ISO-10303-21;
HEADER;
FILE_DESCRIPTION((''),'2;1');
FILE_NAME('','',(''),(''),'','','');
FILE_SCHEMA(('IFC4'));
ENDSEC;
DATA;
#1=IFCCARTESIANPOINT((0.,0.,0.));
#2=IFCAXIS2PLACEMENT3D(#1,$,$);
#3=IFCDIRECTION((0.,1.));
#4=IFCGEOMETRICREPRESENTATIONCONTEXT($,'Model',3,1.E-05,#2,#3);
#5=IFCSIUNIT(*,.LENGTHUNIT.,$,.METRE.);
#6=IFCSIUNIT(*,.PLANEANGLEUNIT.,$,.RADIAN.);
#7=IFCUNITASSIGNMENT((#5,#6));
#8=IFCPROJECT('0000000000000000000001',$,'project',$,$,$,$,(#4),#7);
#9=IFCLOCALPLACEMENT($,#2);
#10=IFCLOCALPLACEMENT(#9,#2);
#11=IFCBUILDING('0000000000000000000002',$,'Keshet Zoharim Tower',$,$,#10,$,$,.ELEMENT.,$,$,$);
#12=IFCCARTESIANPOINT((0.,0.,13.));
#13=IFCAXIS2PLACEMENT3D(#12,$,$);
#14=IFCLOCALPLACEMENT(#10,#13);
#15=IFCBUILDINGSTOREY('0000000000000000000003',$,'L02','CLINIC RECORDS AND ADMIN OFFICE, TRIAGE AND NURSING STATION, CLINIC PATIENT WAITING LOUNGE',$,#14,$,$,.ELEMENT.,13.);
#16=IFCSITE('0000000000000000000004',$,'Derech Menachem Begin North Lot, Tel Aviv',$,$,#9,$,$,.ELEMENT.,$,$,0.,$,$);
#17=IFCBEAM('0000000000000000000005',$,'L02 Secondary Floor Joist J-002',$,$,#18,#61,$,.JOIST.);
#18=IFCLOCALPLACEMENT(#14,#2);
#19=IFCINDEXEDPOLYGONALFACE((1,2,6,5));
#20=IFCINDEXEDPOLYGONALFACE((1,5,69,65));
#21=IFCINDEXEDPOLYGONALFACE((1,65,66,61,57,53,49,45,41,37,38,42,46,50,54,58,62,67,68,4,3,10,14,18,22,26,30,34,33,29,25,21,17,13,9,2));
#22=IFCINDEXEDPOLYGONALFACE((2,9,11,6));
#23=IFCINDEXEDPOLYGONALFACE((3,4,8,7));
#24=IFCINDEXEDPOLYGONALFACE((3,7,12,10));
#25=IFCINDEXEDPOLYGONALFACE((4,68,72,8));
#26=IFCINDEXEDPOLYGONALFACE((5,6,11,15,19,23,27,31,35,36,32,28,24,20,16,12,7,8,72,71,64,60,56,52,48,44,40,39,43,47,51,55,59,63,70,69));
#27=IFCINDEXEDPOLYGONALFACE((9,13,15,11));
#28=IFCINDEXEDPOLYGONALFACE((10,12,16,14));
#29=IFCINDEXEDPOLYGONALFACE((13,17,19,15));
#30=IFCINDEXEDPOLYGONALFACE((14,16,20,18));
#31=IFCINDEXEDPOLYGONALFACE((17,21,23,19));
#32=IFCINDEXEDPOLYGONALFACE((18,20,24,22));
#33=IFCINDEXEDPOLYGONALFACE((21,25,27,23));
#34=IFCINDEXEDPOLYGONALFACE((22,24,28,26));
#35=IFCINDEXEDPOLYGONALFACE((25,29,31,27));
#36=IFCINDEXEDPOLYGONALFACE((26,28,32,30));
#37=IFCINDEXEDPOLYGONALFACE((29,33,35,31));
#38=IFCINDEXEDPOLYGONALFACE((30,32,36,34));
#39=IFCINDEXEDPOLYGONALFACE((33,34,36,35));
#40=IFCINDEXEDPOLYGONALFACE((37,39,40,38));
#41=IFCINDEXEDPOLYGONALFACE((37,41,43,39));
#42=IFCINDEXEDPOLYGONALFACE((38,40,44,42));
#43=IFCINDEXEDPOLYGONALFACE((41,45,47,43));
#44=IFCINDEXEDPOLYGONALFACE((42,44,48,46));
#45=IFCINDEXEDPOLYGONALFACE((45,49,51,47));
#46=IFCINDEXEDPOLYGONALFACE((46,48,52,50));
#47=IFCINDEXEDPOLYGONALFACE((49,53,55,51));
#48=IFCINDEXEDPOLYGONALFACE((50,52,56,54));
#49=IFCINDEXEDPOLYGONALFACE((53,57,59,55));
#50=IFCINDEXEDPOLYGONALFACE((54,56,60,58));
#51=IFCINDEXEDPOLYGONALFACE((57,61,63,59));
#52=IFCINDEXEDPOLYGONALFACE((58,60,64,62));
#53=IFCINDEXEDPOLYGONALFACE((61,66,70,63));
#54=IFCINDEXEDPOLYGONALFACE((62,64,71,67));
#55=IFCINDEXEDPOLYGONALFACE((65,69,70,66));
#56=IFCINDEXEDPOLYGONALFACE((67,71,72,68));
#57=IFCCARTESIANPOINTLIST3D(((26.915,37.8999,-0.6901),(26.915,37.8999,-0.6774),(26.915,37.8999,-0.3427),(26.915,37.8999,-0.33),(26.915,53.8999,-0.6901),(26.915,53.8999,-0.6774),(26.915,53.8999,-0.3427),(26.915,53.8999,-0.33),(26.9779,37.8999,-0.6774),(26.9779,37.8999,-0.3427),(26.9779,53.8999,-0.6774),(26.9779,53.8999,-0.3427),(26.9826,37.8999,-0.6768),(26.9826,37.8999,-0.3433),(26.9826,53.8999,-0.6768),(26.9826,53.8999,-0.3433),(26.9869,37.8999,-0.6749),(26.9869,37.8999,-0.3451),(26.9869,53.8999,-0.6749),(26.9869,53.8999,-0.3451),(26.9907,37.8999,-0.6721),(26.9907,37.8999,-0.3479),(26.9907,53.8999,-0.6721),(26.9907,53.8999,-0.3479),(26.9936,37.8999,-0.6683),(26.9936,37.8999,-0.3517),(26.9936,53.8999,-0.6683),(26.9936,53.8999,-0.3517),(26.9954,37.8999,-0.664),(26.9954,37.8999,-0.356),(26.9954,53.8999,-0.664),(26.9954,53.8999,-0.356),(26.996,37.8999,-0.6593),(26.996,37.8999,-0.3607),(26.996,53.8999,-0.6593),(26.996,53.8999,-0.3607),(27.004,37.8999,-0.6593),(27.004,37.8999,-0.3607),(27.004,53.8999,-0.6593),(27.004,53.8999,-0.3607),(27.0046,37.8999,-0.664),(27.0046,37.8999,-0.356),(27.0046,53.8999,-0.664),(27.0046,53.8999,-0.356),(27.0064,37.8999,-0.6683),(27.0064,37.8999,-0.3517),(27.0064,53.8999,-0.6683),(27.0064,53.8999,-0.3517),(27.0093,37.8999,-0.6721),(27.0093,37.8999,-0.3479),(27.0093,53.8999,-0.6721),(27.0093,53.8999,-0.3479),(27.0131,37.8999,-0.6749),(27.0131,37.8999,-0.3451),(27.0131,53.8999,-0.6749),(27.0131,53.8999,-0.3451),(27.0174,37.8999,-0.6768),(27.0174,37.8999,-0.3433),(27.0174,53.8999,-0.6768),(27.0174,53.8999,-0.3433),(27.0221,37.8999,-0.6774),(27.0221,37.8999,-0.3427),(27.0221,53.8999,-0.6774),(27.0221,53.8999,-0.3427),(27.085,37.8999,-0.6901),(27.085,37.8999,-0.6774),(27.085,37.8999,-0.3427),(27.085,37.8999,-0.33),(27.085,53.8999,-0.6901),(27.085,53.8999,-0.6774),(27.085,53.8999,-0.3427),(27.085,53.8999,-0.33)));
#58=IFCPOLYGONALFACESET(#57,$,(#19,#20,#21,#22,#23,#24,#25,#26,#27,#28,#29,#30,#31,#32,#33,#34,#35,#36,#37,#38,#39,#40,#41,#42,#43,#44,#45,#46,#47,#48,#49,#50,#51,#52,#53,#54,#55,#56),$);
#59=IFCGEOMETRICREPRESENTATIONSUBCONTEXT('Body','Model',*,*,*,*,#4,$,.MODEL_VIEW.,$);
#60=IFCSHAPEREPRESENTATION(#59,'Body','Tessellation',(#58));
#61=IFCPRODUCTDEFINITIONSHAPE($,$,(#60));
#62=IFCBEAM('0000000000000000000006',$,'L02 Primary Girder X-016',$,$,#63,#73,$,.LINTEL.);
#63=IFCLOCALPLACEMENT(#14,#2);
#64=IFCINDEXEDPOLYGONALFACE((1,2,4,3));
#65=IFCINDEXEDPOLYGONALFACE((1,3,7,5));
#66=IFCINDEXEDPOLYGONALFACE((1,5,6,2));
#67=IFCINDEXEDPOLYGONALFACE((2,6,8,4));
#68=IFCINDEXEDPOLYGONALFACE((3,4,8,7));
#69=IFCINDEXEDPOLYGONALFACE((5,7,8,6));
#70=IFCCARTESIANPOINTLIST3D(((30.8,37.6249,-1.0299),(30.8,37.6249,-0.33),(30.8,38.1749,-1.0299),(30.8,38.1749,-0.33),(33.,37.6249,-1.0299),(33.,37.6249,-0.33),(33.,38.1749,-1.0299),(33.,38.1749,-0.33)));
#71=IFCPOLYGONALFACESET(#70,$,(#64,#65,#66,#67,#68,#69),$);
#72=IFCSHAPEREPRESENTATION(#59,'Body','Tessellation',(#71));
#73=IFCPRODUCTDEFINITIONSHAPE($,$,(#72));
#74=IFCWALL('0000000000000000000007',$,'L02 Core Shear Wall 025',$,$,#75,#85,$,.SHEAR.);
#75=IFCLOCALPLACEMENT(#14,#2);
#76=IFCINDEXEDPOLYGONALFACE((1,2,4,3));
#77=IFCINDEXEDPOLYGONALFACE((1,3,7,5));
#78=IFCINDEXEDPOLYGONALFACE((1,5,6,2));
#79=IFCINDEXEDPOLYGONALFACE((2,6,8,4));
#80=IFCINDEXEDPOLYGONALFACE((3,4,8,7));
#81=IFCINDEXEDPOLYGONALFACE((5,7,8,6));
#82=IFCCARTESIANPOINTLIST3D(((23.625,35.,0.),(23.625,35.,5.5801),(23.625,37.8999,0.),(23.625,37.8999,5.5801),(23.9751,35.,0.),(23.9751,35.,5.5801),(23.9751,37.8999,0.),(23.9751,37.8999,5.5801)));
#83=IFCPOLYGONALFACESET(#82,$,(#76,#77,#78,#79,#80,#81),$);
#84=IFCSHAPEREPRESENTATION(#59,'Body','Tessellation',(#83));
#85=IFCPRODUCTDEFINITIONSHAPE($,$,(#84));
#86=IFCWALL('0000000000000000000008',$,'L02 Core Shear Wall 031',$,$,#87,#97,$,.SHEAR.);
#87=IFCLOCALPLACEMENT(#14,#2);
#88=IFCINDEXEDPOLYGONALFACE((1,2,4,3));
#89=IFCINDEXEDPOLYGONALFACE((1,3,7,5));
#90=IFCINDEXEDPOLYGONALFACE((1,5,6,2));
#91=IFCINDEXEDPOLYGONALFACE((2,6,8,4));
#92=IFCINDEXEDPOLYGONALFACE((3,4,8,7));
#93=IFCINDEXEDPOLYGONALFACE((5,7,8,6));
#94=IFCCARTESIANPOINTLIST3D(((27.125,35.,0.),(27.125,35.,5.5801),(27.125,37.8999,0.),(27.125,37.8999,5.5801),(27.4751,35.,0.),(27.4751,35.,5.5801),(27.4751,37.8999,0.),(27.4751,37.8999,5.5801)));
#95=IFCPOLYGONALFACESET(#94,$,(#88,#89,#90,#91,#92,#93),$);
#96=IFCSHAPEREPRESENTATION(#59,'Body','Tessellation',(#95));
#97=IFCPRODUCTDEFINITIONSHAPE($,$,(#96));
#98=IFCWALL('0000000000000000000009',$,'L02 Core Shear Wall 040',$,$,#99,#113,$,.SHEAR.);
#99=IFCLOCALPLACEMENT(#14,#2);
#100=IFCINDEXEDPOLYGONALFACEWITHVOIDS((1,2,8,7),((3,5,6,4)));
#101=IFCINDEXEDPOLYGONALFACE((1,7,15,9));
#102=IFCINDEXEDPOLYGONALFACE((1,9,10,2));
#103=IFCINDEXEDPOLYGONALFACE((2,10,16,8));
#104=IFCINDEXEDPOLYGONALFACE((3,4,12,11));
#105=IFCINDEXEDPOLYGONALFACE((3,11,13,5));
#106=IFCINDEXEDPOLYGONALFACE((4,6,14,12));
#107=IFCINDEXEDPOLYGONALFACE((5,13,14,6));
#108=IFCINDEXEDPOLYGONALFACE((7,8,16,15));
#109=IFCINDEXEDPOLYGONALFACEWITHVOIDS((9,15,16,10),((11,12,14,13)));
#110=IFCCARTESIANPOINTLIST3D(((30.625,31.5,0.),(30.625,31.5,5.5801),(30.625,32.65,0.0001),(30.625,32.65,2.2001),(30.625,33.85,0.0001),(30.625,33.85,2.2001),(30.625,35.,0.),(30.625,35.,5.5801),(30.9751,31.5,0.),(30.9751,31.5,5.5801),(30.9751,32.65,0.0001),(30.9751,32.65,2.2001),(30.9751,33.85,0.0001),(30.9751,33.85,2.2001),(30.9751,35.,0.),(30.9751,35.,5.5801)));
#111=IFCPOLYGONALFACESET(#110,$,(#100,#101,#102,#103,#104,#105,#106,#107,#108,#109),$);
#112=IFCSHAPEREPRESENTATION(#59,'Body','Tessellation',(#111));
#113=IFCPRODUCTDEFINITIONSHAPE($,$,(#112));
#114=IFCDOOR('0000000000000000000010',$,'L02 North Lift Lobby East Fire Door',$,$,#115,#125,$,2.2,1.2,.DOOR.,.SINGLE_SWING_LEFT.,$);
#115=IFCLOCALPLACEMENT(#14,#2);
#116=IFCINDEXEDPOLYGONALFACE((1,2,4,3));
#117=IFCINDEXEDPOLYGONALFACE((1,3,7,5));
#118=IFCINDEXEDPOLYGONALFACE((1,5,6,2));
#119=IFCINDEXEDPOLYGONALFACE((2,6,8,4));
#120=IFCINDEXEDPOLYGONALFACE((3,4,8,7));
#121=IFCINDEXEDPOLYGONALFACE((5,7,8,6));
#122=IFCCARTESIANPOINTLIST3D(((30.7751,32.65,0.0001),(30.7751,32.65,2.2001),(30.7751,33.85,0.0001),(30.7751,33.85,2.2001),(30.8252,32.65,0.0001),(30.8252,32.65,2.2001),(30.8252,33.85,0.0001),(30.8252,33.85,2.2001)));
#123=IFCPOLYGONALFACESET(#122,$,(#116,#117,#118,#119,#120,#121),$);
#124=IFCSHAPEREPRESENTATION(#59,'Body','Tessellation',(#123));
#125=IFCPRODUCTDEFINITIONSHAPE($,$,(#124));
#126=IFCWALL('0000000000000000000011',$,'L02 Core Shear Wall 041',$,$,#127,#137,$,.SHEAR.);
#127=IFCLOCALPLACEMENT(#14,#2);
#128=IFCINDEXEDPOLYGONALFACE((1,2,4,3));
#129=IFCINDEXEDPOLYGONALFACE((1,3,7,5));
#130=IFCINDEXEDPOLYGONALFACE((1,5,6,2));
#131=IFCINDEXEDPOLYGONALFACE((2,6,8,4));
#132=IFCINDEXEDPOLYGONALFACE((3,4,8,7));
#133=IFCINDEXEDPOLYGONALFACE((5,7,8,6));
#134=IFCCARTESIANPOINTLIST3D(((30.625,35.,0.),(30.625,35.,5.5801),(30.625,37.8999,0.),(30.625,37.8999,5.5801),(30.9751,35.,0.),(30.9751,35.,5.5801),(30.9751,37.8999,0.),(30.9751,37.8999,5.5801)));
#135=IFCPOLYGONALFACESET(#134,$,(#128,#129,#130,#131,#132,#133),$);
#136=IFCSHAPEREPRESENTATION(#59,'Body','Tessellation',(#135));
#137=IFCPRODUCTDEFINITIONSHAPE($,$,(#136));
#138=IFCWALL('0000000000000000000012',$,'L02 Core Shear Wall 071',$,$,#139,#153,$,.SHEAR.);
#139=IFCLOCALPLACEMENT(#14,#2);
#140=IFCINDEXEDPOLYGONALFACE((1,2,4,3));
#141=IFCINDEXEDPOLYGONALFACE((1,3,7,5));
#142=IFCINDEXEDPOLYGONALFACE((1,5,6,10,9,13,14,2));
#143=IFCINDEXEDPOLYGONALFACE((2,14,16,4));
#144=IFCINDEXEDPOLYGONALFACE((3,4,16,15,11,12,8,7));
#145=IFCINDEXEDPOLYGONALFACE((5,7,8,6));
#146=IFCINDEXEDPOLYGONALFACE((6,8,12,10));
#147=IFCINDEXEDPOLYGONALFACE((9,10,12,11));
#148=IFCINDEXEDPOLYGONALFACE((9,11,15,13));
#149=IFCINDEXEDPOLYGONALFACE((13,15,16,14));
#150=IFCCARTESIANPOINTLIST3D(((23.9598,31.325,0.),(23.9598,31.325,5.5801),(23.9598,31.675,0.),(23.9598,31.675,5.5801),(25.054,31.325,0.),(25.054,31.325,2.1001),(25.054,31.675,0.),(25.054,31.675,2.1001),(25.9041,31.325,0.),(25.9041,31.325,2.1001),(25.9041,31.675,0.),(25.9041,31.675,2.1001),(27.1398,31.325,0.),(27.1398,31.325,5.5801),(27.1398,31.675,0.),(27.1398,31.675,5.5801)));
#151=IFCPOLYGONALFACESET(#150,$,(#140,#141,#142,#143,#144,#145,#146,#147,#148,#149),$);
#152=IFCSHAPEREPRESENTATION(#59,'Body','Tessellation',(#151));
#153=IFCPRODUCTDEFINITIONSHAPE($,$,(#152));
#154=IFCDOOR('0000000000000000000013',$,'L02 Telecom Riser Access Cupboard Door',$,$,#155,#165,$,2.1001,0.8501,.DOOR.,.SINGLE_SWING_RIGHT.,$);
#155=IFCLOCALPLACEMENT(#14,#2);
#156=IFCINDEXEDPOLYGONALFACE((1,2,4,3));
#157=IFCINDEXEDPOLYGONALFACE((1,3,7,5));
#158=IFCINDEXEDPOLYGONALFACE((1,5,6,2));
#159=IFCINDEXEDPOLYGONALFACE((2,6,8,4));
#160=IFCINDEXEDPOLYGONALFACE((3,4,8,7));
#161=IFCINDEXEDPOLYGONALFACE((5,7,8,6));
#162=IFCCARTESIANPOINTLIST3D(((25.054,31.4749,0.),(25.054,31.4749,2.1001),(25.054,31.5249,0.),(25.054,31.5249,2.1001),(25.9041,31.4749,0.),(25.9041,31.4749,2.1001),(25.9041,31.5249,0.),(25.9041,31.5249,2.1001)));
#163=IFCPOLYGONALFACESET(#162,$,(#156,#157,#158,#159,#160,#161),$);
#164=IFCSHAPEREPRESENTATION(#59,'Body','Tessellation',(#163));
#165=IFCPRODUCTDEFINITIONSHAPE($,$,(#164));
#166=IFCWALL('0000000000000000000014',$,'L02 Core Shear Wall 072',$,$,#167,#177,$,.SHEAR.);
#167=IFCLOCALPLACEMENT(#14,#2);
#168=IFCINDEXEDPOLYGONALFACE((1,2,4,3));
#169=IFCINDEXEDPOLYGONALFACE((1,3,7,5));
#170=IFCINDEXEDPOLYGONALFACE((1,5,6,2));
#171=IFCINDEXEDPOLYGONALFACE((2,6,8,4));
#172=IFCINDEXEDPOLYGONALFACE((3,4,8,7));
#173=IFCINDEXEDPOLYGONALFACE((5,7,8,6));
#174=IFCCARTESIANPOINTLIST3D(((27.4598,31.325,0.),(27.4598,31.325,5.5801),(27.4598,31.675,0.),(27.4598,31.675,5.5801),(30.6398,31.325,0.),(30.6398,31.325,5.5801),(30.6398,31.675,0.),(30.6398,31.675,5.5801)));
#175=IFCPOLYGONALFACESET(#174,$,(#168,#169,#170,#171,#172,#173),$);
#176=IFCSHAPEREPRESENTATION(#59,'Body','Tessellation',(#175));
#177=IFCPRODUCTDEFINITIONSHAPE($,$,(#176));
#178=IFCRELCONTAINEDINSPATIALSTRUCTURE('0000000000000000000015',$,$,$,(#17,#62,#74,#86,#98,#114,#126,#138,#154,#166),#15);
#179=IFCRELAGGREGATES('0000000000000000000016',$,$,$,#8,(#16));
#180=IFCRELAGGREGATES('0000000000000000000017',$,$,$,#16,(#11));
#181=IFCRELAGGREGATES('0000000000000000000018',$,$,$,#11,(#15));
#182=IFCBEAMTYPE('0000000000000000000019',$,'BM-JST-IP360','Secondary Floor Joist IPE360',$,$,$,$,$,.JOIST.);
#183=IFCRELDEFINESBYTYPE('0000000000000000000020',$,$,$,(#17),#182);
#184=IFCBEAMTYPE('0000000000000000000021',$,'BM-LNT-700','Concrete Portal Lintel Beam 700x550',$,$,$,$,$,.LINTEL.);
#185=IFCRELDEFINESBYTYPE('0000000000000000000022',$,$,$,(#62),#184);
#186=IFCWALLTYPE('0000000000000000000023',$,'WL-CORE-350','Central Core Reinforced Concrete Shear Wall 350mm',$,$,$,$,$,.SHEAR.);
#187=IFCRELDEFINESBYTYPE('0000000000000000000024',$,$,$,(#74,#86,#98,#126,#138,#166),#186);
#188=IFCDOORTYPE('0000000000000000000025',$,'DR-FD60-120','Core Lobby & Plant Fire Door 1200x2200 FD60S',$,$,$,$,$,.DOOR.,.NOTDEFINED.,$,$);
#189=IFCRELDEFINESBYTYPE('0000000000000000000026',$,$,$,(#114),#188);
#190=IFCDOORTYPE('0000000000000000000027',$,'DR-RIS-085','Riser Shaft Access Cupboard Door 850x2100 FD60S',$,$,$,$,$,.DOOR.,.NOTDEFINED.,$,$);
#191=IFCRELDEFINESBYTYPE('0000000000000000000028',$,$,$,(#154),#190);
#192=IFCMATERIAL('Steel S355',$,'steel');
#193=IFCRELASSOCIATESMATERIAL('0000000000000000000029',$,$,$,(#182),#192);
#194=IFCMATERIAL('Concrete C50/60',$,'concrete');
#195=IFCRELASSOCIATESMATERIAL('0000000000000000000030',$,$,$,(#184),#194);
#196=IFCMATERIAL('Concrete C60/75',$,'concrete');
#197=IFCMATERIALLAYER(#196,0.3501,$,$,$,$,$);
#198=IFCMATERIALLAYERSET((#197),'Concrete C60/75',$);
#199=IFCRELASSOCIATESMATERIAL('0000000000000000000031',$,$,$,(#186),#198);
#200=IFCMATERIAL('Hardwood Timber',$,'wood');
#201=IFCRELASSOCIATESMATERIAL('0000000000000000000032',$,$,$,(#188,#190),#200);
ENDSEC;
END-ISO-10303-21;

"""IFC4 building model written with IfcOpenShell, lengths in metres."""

from ifc_helpers import new_model, si_unit, direction, frame, frame_2d, origin, origin_2d, place, context, subcontext, project, spatial, rectangle, i_section, extrude, material, layer, layer_set, material_profile, profile_set, type_object, element, fill, save


model = new_model("IFC4")

# Units and contexts
model_context = context("Model", 3, precision=1e-05, world=origin(), true_north=direction((0.0, 1.0)))
body_context = subcontext(model_context, "Body", "Model", "MODEL_VIEW")
ifc_project = project(units=[si_unit("LENGTHUNIT", "METRE"), si_unit("PLANEANGLEUNIT", "RADIAN")], contexts=[model_context])

# Site, building, storey
site_placement = place(None, origin())
site = spatial("IfcSite", under=ifc_project, at=site_placement, Name="Derech Menachem Begin North Lot, Tel Aviv", CompositionType="ELEMENT", RefElevation=0.0)
building_placement = place(site_placement, origin())
building = spatial("IfcBuilding", under=site, at=building_placement, Name="Keshet Zoharim Tower", CompositionType="ELEMENT")
storey_placement = place(building_placement, frame((0.0, 0.0, 13.0)))
storey = spatial("IfcBuildingStorey", under=building, at=storey_placement, Name="L02", Description="CLINIC RECORDS AND ADMIN OFFICE, TRIAGE AND NURSING STATION, CLINIC PATIENT WAITING LOUNGE", CompositionType="ELEMENT", Elevation=13.0)

# Beams
ifc_material_1 = material(Name="Steel S355", Category="steel")
ifc_material_profile_1 = material_profile(ifc_material_1, i_section(OverallWidth=0.1699, OverallDepth=0.3601, WebThickness=0.0081, FlangeThickness=0.0127, FilletRadius=0.0181, at=origin_2d()), Name="IPE360")
ifc_profile_set_1 = profile_set([ifc_material_profile_1], Name="Steel S355")
beam_type_1 = type_object("IfcBeamType", Name="BM-JST-IP360", Description="Secondary Floor Joist IPE360", PredefinedType="JOIST", material=ifc_profile_set_1)
beam_1_placement = place(storey_placement, frame((27.0, 37.8999, -0.51), z_axis=(0.0, 1.0, 0.0), x_axis=(-1.0, 0.0, 0.0)))
element("IfcBeam", 1, at=beam_1_placement, inside=storey, type_object=beam_type_1, Name="L02 Secondary Floor Joist J-002", PredefinedType="JOIST", context=body_context, shape_type="SweptSolid", body=[
    extrude(i_section(OverallWidth=0.1699, OverallDepth=0.3601, WebThickness=0.0081, FlangeThickness=0.0127, FilletRadius=0.0181, at=origin_2d()), origin(), (0.0, 0.0, 1.0), 16.0),
])
ifc_material_2 = material(Name="Concrete C50/60", Category="concrete")
ifc_material_profile_2 = material_profile(ifc_material_2, rectangle(XDim=0.55, YDim=0.7, at=origin_2d()), Name="RC700x550")
ifc_profile_set_2 = profile_set([ifc_material_profile_2], Name="Concrete C50/60")
beam_type_2 = type_object("IfcBeamType", Name="BM-LNT-700", Description="Concrete Portal Lintel Beam 700x550", PredefinedType="LINTEL", material=ifc_profile_set_2)
beam_2_placement = place(storey_placement, frame((30.8, 37.8999, -0.6799), z_axis=(1.0, 0.0, 0.0), x_axis=(0.0, 1.0, 0.0)))
element("IfcBeam", 2, at=beam_2_placement, inside=storey, type_object=beam_type_2, Name="L02 Primary Girder X-016", PredefinedType="LINTEL", context=body_context, shape_type="SweptSolid", body=[
    extrude(rectangle(XDim=0.55, YDim=0.7, at=origin_2d()), origin(), (0.0, 0.0, 1.0), 2.2),
])

# Shared definitions
ifc_material_3 = material(Name="Concrete C60/75", Category="concrete")
ifc_layer_1 = layer(ifc_material_3, 0.3501)
ifc_layer_set_1 = layer_set([ifc_layer_1], Name="Concrete C60/75")
wall_type_1 = type_object("IfcWallType", Name="WL-CORE-350", Description="Central Core Reinforced Concrete Shear Wall 350mm", PredefinedType="SHEAR", material=ifc_layer_set_1)
ifc_material_4 = material(Name="Hardwood Timber", Category="wood")

# Walls
for number, where, z_axis, x_axis, name in (
    (3, (23.8, 35.0, 0.0), (0.0, 0.0, 1.0), (0.0, 1.0, 0.0), "L02 Core Shear Wall 025"),
    (4, (27.3, 35.0, 0.0), (0.0, 0.0, 1.0), (0.0, 1.0, 0.0), "L02 Core Shear Wall 031"),
):
    element("IfcWall", number, at=place(storey_placement, frame(where, z_axis=z_axis, x_axis=x_axis)), inside=storey, type_object=wall_type_1, Name=name, PredefinedType="SHEAR", context=body_context, shape_type="SweptSolid", body=[
        extrude(rectangle(XDim=2.8999, YDim=0.3501, at=frame_2d((1.45, 0.0))), origin(), (0.0, 0.0, 1.0), 5.5801),
    ])

# Wall, opening, door
wall_1_placement = place(storey_placement, frame((30.8, 31.5, 0.0), z_axis=(0.0, 0.0, 1.0), x_axis=(0.0, 1.0, 0.0)))
wall_1 = element("IfcWall", 5, at=wall_1_placement, inside=storey, type_object=wall_type_1, Name="L02 Core Shear Wall 040", PredefinedType="SHEAR", context=body_context, shape_type="SweptSolid", body=[
    extrude(rectangle(XDim=3.5, YDim=0.3501, at=frame_2d((1.75, 0.0))), origin(), (0.0, 0.0, 1.0), 5.5801),
])
opening_1_placement = place(wall_1_placement, frame((1.1499, 0.0, 0.0)))
opening_1 = element("IfcOpeningElement", 6, at=opening_1_placement, cuts=wall_1, PredefinedType="OPENING", context=body_context, shape_type="SweptSolid", body=[
    extrude(rectangle(XDim=1.2, YDim=2.2, at=frame_2d((0.6001, 1.1001))), frame((0.0, 0.1851, 0.0), z_axis=(0.0, -1.0, 0.0), x_axis=(1.0, 0.0, 0.0)), (0.0, 0.0, 1.0), 0.3701),
])
door_type_1 = type_object("IfcDoorType", Name="DR-FD60-120", Description="Core Lobby & Plant Fire Door 1200x2200 FD60S", OperationType="NOTDEFINED", PredefinedType="DOOR", material=ifc_material_4)
door_1_placement = place(opening_1_placement, origin())
door_1 = element("IfcDoor", 7, at=door_1_placement, inside=storey, type_object=door_type_1, Name="L02 North Lift Lobby East Fire Door", OperationType="SINGLE_SWING_LEFT", OverallHeight=2.2, OverallWidth=1.2, PredefinedType="DOOR", context=body_context, shape_type="SweptSolid", body=[
    extrude(rectangle(XDim=1.2, YDim=2.2, at=frame_2d((0.6001, 1.1001))), frame((0.0, 0.0249, 0.0), z_axis=(0.0, -1.0, 0.0), x_axis=(1.0, 0.0, 0.0)), (0.0, 0.0, 1.0), 0.05),
])
fill(opening_1, door_1)

# Wall
wall_2_placement = place(storey_placement, frame((30.8, 35.0, 0.0), z_axis=(0.0, 0.0, 1.0), x_axis=(0.0, 1.0, 0.0)))
element("IfcWall", 8, at=wall_2_placement, inside=storey, type_object=wall_type_1, Name="L02 Core Shear Wall 041", PredefinedType="SHEAR", context=body_context, shape_type="SweptSolid", body=[
    extrude(rectangle(XDim=2.8999, YDim=0.3501, at=frame_2d((1.45, 0.0))), origin(), (0.0, 0.0, 1.0), 5.5801),
])

# Wall, opening, door
wall_3_placement = place(storey_placement, frame((23.96, 31.5, 0.0), z_axis=(0.0, 0.0, 1.0), x_axis=(1.0, 0.0, 0.0)))
wall_3 = element("IfcWall", 9, at=wall_3_placement, inside=storey, type_object=wall_type_1, Name="L02 Core Shear Wall 071", PredefinedType="SHEAR", context=body_context, shape_type="SweptSolid", body=[
    extrude(rectangle(XDim=3.1799, YDim=0.3501, at=frame_2d((1.5898, 0.0))), origin(), (0.0, 0.0, 1.0), 5.5801),
])
opening_2_placement = place(wall_3_placement, frame((1.094, 0.0, 0.0)))
opening_2 = element("IfcOpeningElement", 10, at=opening_2_placement, cuts=wall_3, PredefinedType="OPENING", context=body_context, shape_type="SweptSolid", body=[
    extrude(rectangle(XDim=0.8501, YDim=2.1001, at=frame_2d((0.425, 1.05))), frame((0.0, 0.1851, 0.0), z_axis=(0.0, -1.0, 0.0), x_axis=(1.0, 0.0, 0.0)), (0.0, 0.0, 1.0), 0.3701),
])
door_type_2 = type_object("IfcDoorType", Name="DR-RIS-085", Description="Riser Shaft Access Cupboard Door 850x2100 FD60S", OperationType="NOTDEFINED", PredefinedType="DOOR", material=ifc_material_4)
door_2_placement = place(opening_2_placement, origin())
door_2 = element("IfcDoor", 11, at=door_2_placement, inside=storey, type_object=door_type_2, Name="L02 Telecom Riser Access Cupboard Door", OperationType="SINGLE_SWING_RIGHT", OverallHeight=2.1001, OverallWidth=0.8501, PredefinedType="DOOR", context=body_context, shape_type="SweptSolid", body=[
    extrude(rectangle(XDim=0.8501, YDim=2.1001, at=frame_2d((0.425, 1.05))), frame((0.0, 0.0249, 0.0), z_axis=(0.0, -1.0, 0.0), x_axis=(1.0, 0.0, 0.0)), (0.0, 0.0, 1.0), 0.05),
])
fill(opening_2, door_2)

# Wall
wall_4_placement = place(storey_placement, frame((27.46, 31.5, 0.0), z_axis=(0.0, 0.0, 1.0), x_axis=(1.0, 0.0, 0.0)))
element("IfcWall", 12, at=wall_4_placement, inside=storey, type_object=wall_type_1, Name="L02 Core Shear Wall 072", PredefinedType="SHEAR", context=body_context, shape_type="SweptSolid", body=[
    extrude(rectangle(XDim=3.1799, YDim=0.3501, at=frame_2d((1.5898, 0.0))), origin(), (0.0, 0.0, 1.0), 5.5801),
])

save(model, "model.ifc")
